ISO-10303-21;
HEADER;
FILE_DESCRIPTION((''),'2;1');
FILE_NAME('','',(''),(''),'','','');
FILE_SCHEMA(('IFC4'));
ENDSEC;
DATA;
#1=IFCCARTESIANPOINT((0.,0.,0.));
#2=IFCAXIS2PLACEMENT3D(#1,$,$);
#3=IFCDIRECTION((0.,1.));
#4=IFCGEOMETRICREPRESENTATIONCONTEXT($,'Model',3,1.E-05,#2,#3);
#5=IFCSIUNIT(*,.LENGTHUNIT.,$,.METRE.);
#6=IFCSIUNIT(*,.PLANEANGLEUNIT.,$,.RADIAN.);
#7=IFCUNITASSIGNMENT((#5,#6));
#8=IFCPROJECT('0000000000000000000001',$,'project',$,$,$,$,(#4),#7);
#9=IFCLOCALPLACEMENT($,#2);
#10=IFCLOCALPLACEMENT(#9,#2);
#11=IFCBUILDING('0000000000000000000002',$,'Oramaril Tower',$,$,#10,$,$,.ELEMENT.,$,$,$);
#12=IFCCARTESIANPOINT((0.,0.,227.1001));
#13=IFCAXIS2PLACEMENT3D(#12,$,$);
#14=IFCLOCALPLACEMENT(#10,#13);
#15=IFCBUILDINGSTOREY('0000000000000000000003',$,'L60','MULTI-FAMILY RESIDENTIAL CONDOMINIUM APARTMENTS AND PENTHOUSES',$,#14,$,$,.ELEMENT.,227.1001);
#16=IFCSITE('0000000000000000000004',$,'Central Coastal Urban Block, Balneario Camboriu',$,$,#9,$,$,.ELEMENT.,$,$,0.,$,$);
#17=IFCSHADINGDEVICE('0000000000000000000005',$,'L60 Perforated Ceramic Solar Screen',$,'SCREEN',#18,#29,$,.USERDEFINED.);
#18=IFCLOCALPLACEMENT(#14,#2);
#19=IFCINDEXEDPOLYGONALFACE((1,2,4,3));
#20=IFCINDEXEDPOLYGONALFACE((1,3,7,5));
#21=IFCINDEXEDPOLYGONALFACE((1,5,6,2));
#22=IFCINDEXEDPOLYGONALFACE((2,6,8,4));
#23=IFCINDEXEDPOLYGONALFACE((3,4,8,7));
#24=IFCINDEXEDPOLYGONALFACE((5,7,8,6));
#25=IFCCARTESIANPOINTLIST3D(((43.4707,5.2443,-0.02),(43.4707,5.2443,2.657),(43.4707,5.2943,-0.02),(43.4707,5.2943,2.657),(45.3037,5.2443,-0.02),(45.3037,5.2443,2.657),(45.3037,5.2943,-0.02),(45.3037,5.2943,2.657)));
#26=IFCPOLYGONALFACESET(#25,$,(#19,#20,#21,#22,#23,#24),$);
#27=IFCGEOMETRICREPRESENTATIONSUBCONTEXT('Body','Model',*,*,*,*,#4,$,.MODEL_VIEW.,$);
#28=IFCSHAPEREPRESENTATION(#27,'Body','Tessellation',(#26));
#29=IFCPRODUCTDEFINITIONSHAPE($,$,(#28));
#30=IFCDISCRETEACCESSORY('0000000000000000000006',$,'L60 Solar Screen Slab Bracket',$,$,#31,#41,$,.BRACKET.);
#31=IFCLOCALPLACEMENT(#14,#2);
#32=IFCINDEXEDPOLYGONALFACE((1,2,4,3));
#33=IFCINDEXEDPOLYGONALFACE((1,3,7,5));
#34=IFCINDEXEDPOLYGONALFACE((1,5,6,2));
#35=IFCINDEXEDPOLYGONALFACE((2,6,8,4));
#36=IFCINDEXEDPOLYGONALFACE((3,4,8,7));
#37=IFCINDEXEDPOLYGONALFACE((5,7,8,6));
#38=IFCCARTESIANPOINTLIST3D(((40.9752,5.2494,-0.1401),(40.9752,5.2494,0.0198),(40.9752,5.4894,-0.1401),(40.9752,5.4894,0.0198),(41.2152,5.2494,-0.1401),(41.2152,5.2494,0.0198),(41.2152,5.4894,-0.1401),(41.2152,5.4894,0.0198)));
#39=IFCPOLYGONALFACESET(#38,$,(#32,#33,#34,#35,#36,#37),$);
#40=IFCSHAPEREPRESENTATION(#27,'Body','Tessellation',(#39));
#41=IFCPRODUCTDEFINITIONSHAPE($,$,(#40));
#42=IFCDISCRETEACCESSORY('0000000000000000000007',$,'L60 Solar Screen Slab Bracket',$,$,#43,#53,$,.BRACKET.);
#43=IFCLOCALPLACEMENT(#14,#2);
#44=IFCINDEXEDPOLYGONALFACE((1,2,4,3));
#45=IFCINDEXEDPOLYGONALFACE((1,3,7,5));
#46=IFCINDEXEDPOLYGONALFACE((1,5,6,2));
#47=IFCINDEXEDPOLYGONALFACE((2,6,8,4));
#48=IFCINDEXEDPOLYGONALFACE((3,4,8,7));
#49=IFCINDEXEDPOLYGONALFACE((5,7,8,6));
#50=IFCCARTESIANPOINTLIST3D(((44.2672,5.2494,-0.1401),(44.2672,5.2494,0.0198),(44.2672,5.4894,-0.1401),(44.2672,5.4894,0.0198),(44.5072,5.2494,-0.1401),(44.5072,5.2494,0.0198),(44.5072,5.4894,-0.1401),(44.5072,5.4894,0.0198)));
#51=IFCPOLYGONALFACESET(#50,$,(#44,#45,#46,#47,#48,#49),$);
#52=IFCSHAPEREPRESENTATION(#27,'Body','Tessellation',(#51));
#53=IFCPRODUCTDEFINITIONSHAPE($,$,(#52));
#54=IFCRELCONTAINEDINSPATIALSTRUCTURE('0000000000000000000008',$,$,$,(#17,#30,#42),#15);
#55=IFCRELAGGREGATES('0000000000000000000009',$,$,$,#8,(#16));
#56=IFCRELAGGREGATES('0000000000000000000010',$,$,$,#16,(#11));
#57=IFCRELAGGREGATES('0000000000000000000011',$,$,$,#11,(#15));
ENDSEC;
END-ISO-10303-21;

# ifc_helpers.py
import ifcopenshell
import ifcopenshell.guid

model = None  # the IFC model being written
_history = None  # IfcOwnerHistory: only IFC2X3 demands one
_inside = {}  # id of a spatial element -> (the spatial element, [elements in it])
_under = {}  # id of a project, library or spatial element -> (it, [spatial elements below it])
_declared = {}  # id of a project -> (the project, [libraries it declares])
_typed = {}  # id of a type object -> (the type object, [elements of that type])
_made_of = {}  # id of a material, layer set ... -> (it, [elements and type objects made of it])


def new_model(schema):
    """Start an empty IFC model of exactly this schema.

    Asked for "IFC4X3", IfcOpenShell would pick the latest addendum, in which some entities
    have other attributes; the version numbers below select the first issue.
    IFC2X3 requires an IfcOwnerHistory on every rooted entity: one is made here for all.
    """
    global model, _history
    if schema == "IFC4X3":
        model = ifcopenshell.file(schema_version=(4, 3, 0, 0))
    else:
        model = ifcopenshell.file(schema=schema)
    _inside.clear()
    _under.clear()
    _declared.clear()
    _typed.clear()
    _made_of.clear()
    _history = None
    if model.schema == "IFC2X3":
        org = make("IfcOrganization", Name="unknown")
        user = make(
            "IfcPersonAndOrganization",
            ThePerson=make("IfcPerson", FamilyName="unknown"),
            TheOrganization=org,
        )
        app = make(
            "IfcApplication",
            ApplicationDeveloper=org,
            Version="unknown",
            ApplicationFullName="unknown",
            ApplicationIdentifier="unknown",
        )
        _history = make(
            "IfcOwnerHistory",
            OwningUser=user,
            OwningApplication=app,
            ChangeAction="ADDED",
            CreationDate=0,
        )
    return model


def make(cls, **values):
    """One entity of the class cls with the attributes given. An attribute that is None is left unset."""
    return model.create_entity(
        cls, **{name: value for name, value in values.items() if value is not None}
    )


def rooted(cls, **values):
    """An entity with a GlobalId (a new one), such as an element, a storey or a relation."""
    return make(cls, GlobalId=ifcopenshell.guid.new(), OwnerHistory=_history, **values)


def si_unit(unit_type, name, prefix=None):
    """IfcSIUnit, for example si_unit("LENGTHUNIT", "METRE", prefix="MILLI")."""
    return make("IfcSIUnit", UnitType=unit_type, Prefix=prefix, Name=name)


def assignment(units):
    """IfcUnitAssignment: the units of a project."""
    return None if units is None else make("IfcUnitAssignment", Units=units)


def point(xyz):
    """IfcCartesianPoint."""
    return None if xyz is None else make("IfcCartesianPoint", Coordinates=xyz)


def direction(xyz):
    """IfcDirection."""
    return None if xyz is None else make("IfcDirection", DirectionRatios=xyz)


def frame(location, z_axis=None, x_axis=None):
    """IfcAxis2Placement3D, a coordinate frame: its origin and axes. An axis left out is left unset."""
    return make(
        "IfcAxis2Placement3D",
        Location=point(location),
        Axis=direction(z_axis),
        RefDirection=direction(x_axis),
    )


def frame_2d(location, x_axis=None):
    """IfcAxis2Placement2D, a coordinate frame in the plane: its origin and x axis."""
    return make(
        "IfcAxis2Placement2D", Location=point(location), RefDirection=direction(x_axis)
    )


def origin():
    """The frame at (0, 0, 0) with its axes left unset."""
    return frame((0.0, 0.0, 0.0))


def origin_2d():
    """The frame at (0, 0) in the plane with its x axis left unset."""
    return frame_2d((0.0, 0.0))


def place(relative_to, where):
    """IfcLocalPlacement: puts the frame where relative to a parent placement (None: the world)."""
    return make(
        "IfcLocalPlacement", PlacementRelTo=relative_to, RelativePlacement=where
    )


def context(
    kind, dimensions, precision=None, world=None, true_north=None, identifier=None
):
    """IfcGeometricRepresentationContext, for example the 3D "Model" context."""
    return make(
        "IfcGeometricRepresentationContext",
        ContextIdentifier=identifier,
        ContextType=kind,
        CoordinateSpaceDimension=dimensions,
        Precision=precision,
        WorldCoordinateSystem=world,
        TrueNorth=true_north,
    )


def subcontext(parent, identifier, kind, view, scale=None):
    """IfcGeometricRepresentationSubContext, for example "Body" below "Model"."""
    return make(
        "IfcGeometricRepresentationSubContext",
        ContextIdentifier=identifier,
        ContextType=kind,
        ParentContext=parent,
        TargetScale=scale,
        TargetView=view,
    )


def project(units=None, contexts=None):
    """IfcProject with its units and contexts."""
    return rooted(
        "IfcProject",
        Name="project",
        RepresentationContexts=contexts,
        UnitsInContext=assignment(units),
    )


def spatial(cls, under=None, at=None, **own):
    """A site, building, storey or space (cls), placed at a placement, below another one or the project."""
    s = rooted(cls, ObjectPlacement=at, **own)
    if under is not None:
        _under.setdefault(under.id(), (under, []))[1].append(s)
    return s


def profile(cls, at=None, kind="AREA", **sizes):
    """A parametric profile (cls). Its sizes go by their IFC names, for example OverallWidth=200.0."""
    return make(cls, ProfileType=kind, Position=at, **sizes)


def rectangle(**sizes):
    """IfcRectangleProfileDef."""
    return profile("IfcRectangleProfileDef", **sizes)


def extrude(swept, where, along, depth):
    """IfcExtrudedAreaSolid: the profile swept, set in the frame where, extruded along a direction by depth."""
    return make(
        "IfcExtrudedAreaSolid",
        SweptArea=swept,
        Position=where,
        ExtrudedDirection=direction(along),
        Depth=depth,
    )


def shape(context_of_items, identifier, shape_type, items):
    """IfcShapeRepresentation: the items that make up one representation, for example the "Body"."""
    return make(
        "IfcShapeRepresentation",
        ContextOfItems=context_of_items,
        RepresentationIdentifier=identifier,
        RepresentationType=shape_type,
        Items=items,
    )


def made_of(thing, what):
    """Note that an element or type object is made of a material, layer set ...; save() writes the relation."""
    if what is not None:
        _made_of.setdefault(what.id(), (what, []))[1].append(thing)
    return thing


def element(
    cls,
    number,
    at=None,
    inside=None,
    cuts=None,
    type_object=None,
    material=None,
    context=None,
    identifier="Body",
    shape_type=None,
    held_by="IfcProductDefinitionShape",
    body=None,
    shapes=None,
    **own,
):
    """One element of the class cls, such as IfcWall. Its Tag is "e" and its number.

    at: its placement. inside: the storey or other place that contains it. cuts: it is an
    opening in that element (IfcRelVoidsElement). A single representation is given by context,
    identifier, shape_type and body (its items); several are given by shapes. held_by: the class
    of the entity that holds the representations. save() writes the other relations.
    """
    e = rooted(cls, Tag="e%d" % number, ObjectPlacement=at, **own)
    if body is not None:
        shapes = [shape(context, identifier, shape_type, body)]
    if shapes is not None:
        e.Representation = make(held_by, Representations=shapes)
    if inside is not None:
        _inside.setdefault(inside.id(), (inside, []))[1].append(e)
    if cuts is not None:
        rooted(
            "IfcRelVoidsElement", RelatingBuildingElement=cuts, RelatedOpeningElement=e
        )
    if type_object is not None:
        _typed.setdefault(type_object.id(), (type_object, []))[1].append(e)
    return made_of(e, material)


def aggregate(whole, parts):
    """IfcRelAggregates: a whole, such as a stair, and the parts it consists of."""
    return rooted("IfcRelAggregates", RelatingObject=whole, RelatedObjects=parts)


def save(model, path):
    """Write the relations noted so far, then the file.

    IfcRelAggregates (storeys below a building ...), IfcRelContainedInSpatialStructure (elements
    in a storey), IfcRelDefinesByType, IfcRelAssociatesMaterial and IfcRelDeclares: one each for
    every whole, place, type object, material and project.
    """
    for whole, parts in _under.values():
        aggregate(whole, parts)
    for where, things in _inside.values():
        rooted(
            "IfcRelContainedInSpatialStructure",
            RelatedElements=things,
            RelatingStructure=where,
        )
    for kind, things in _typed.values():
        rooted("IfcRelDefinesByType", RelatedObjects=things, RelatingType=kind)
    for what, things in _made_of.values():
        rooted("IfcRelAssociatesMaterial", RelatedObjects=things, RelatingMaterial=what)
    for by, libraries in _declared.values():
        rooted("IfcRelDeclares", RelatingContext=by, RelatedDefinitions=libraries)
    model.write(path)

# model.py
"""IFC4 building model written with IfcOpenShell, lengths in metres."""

from ifc_helpers import new_model, si_unit, direction, frame, origin, origin_2d, place, context, subcontext, project, spatial, rectangle, extrude, element, save


model = new_model("IFC4")

# Units and contexts
model_context = context("Model", 3, precision=1e-05, world=origin(), true_north=direction((0.0, 1.0)))
body_context = subcontext(model_context, "Body", "Model", "MODEL_VIEW")
ifc_project = project(units=[si_unit("LENGTHUNIT", "METRE"), si_unit("PLANEANGLEUNIT", "RADIAN")], contexts=[model_context])

# Site, building, storey
site_placement = place(None, origin())
site = spatial("IfcSite", under=ifc_project, at=site_placement, Name="Central Coastal Urban Block, Balneario Camboriu", CompositionType="ELEMENT", RefElevation=0.0)
building_placement = place(site_placement, origin())
building = spatial("IfcBuilding", under=site, at=building_placement, Name="Oramaril Tower", CompositionType="ELEMENT")
storey_placement = place(building_placement, frame((0.0, 0.0, 227.1001)))
storey = spatial("IfcBuildingStorey", under=building, at=storey_placement, Name="L60", Description="MULTI-FAMILY RESIDENTIAL CONDOMINIUM APARTMENTS AND PENTHOUSES", CompositionType="ELEMENT", Elevation=227.1001)

# Shading device
for number, where, z_axis, x_axis, name in (
    (1, (44.3872, 5.2693, -0.02), (0.0, 0.0, 1.0), (1.0, 0.0, 0.0), "L60 Perforated Ceramic Solar Screen"),
):
    element("IfcShadingDevice", number, at=place(storey_placement, frame(where, z_axis=z_axis, x_axis=x_axis)), inside=storey, Name=name, ObjectType="SCREEN", PredefinedType="USERDEFINED", context=body_context, shape_type="SweptSolid", body=[
        extrude(rectangle(XDim=1.833, YDim=0.05, at=origin_2d()), origin(), (0.0, 0.0, 1.0), 2.677),
    ])

# Discrete accessories
for number, where, z_axis, x_axis, name in (
    (2, (41.0952, 5.3694, -0.1401), (0.0, 0.0, 1.0), (1.0, 0.0, 0.0), "L60 Solar Screen Slab Bracket"),
    (3, (44.3872, 5.3694, -0.1401), (0.0, 0.0, 1.0), (1.0, 0.0, 0.0), "L60 Solar Screen Slab Bracket"),
):
    element("IfcDiscreteAccessory", number, at=place(storey_placement, frame(where, z_axis=z_axis, x_axis=x_axis)), inside=storey, Name=name, PredefinedType="BRACKET", context=body_context, shape_type="SweptSolid", body=[
        extrude(rectangle(XDim=0.24, YDim=0.24, at=origin_2d()), origin(), (0.0, 0.0, 1.0), 0.1599),
    ])

save(model, "model.ifc")
